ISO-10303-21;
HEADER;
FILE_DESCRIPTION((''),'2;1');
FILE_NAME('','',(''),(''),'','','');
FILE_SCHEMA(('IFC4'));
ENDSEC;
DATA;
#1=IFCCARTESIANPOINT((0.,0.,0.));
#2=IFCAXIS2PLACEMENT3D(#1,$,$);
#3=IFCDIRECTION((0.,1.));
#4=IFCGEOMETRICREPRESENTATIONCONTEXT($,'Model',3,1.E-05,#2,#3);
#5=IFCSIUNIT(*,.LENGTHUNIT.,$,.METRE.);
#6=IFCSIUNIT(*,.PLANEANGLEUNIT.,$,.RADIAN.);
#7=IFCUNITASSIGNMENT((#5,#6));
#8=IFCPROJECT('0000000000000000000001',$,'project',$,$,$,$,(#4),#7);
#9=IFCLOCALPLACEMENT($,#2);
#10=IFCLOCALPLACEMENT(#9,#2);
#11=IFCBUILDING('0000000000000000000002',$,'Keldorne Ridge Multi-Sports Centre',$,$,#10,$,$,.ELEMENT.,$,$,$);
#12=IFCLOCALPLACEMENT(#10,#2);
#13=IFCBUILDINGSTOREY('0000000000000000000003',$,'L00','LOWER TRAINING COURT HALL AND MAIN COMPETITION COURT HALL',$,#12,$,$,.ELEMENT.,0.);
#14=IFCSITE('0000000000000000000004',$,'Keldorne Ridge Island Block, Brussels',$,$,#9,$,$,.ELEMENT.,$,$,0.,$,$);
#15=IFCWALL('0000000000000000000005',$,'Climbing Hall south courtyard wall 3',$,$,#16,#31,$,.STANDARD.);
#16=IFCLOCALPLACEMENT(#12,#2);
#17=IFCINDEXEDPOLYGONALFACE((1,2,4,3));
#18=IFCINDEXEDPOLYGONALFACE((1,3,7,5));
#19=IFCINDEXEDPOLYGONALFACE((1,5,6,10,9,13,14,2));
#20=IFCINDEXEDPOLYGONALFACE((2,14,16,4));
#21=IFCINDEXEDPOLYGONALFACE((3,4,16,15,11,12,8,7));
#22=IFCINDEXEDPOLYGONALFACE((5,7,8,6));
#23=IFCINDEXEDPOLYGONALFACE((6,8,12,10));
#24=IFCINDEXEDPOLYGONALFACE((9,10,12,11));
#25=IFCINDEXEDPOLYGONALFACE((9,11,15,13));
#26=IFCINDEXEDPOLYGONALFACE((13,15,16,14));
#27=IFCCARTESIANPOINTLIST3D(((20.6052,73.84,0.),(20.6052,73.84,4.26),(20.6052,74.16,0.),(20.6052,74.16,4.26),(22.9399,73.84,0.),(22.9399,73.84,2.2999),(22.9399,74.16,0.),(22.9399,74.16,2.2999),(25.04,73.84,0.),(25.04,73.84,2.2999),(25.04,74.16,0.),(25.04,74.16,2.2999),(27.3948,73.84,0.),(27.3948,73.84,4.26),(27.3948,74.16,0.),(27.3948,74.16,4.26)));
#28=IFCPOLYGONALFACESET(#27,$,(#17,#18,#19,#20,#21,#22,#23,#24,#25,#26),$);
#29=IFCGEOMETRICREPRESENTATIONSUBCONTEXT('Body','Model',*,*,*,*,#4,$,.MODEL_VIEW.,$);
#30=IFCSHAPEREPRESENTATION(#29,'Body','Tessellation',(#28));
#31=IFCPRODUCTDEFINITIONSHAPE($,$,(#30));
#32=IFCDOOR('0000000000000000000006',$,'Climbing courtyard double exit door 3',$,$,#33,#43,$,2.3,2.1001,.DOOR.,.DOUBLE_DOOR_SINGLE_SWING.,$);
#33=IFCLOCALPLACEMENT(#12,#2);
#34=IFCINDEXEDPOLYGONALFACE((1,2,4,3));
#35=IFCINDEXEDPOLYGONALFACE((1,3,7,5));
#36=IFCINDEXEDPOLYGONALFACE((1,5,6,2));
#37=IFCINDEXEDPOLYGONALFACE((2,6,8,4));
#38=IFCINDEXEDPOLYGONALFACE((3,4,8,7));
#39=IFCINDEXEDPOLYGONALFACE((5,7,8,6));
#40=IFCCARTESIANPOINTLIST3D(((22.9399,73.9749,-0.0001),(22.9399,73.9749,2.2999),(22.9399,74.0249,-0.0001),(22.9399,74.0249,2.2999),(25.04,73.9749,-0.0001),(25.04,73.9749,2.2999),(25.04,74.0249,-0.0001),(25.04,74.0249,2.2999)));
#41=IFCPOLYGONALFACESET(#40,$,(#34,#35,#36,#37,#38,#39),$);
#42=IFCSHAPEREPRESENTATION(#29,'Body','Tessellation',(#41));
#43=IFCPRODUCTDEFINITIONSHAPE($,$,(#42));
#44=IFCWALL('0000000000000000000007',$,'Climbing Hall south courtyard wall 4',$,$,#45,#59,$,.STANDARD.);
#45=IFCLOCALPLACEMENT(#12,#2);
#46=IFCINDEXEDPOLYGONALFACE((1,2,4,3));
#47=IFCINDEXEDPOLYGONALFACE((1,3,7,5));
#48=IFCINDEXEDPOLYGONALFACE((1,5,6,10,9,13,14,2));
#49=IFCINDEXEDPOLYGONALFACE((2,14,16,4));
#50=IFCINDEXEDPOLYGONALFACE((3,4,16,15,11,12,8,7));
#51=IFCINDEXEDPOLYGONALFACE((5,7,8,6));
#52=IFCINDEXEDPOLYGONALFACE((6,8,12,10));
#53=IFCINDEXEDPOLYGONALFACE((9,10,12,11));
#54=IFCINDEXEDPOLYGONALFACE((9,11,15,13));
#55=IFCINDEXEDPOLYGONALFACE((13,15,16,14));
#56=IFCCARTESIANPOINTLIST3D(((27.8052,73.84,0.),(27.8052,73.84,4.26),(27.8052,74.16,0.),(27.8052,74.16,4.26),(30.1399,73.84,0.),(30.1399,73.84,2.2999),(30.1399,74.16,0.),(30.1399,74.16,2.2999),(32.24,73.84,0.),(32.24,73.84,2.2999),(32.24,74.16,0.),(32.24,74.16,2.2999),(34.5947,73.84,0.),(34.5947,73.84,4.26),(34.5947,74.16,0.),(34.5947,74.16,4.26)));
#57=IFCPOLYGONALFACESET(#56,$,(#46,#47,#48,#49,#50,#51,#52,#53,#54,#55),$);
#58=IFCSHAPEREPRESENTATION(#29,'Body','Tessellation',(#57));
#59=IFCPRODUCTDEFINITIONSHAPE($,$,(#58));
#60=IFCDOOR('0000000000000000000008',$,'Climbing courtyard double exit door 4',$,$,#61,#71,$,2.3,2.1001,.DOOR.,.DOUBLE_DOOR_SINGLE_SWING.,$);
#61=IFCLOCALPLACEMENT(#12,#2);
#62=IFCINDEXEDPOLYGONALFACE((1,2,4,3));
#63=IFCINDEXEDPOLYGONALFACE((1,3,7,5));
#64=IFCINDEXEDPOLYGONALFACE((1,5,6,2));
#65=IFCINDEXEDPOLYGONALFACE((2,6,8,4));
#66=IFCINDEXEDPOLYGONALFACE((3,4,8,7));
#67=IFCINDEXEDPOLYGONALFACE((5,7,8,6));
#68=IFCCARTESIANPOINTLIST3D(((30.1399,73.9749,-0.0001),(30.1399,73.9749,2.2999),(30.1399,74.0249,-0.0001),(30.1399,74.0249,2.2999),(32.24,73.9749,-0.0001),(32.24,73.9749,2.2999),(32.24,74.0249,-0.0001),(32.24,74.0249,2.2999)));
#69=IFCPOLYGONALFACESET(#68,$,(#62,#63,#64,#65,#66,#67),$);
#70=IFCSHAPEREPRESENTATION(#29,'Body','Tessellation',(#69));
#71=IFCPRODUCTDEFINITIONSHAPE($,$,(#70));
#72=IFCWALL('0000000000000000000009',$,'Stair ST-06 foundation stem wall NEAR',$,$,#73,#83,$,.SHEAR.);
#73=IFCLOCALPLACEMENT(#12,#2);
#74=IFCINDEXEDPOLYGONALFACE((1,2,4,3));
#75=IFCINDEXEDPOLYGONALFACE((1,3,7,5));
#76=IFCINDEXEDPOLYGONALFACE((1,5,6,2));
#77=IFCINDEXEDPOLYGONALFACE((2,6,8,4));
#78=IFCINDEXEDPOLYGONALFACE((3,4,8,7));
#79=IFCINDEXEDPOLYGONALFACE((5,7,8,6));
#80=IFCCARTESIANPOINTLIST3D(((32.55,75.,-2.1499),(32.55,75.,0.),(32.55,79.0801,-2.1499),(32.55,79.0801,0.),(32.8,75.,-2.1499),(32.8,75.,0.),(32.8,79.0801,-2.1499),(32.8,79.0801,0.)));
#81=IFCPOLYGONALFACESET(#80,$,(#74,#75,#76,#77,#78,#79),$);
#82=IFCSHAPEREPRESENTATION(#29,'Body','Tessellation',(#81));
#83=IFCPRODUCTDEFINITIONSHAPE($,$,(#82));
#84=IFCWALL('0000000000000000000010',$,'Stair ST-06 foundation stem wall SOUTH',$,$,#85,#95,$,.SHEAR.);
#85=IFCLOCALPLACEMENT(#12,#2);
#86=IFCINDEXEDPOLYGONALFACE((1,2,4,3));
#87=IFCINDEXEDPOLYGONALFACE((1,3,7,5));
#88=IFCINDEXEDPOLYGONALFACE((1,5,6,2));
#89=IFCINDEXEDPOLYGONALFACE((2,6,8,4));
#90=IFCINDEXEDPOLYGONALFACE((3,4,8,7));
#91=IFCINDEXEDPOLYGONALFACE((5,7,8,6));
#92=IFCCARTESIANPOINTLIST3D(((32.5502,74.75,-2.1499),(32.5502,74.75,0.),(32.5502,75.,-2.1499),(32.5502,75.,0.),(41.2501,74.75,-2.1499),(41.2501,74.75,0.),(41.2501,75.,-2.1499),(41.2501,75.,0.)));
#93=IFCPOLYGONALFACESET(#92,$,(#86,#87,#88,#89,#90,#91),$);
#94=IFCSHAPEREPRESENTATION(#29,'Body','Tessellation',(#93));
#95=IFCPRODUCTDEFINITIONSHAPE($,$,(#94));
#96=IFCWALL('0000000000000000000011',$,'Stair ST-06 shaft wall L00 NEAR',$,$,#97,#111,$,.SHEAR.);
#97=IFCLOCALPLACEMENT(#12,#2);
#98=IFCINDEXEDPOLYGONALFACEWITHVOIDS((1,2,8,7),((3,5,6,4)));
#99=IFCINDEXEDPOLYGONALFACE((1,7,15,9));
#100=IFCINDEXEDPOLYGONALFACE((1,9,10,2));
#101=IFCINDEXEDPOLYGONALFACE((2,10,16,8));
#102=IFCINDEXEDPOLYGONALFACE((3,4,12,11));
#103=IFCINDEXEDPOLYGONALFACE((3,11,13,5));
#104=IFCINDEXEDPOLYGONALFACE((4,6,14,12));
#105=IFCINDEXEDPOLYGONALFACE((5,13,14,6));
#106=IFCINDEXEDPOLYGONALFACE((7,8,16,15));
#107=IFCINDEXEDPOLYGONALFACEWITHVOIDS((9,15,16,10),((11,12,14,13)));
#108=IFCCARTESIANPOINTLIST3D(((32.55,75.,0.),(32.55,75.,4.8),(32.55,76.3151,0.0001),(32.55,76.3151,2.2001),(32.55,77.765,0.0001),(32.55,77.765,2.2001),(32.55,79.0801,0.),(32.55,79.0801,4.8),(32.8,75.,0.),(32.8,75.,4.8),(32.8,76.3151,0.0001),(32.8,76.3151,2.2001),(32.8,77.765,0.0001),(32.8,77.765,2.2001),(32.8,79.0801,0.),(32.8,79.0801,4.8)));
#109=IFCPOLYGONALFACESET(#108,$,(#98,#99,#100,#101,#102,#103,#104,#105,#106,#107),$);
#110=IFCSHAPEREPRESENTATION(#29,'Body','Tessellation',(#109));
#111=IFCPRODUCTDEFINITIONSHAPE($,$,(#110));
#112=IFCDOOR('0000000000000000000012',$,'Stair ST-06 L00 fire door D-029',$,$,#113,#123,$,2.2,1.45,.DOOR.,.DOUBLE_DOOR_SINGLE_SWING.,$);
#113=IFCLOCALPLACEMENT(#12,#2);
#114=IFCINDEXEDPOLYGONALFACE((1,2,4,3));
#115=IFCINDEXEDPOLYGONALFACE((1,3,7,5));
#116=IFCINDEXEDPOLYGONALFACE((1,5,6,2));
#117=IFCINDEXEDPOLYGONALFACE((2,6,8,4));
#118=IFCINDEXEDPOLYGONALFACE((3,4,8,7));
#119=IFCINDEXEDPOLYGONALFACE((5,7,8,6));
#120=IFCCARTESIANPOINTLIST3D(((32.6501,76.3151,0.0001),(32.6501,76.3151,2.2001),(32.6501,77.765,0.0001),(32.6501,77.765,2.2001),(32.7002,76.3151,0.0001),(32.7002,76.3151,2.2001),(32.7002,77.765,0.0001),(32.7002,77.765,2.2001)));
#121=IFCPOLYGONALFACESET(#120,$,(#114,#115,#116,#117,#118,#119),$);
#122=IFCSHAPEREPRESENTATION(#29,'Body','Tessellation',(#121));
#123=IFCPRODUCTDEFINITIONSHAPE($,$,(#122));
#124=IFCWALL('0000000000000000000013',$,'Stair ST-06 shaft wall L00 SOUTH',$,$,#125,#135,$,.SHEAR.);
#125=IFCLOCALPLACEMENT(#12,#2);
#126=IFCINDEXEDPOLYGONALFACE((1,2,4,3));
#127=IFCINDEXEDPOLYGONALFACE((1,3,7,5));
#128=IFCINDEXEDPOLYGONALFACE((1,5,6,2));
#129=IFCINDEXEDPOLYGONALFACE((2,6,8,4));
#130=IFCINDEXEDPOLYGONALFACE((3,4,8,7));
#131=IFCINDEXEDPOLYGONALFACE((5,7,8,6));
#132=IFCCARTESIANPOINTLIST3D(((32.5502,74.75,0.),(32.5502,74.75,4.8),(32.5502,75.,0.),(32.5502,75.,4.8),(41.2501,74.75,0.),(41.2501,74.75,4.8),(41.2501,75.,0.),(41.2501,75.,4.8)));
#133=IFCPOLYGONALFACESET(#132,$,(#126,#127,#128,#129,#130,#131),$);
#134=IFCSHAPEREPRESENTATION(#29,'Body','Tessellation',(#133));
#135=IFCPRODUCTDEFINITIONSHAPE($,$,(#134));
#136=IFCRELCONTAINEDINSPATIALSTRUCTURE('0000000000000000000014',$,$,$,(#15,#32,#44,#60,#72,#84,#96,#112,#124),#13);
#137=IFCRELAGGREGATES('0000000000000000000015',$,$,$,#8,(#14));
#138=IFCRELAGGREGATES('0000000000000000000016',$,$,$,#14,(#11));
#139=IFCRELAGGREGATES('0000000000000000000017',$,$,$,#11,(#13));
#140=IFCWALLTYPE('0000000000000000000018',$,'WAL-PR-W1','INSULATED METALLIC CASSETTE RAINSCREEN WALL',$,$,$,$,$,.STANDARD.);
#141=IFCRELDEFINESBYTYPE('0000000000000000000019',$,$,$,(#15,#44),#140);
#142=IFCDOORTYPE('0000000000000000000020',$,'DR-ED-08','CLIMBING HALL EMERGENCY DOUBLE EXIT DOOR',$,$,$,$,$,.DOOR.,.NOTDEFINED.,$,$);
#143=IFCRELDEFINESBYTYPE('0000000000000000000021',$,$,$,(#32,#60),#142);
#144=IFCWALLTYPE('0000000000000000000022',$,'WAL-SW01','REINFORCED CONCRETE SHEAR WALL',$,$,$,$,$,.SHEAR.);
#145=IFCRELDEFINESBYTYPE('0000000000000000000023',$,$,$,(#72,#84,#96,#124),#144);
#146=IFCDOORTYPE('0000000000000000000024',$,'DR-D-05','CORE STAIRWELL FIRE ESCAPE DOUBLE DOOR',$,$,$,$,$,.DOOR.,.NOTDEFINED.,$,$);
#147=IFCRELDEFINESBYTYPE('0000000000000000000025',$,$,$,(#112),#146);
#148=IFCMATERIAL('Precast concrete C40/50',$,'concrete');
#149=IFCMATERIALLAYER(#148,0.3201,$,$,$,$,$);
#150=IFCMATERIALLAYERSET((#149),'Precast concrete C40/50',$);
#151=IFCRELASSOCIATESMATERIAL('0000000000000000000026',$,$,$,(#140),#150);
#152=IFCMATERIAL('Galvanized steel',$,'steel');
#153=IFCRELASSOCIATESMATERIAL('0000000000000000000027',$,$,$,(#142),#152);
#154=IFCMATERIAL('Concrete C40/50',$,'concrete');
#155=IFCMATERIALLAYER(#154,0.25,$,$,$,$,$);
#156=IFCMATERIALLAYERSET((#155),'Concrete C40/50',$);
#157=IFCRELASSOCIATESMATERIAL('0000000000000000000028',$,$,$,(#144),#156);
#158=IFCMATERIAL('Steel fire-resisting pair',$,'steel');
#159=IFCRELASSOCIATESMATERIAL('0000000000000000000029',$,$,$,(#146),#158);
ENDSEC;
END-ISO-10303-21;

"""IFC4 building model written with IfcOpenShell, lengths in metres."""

from ifc_helpers import new_model, si_unit, direction, frame, frame_2d, origin, place, context, subcontext, project, spatial, rectangle, extrude, material, layer, layer_set, type_object, element, fill, save


model = new_model("IFC4")

# Units and contexts
model_context = context("Model", 3, precision=1e-05, world=origin(), true_north=direction((0.0, 1.0)))
body_context = subcontext(model_context, "Body", "Model", "MODEL_VIEW")
ifc_project = project(units=[si_unit("LENGTHUNIT", "METRE"), si_unit("PLANEANGLEUNIT", "RADIAN")], contexts=[model_context])

# Site, building, storey
site_placement = place(None, origin())
site = spatial("IfcSite", under=ifc_project, at=site_placement, Name="Keldorne Ridge Island Block, Brussels", CompositionType="ELEMENT", RefElevation=0.0)
building_placement = place(site_placement, origin())
building = spatial("IfcBuilding", under=site, at=building_placement, Name="Keldorne Ridge Multi-Sports Centre", CompositionType="ELEMENT")
storey_placement = place(building_placement, origin())
storey = spatial("IfcBuildingStorey", under=building, at=storey_placement, Name="L00", Description="LOWER TRAINING COURT HALL AND MAIN COMPETITION COURT HALL", CompositionType="ELEMENT", Elevation=0.0)

# Walls, openings, doors
ifc_material_1 = material(Name="Precast concrete C40/50", Category="concrete")
ifc_layer_1 = layer(ifc_material_1, 0.3201)
ifc_layer_set_1 = layer_set([ifc_layer_1], Name="Precast concrete C40/50")
wall_type_1 = type_object("IfcWallType", Name="WAL-PR-W1", Description="INSULATED METALLIC CASSETTE RAINSCREEN WALL", PredefinedType="STANDARD", material=ifc_layer_set_1)
wall_1_placement = place(storey_placement, frame((20.6052, 74.0, 0.0), z_axis=(0.0, 0.0, 1.0), x_axis=(1.0, 0.0, 0.0)))
wall_1 = element("IfcWall", 1, at=wall_1_placement, inside=storey, type_object=wall_type_1, Name="Climbing Hall south courtyard wall 3", PredefinedType="STANDARD", context=body_context, shape_type="SweptSolid", body=[
    extrude(rectangle(XDim=6.7896, YDim=0.3201, at=frame_2d((3.3948, 0.0))), origin(), (0.0, 0.0, 1.0), 4.26),
])
opening_1_placement = place(wall_1_placement, frame((2.3347, 0.0, 0.0)))
opening_1 = element("IfcOpeningElement", 2, at=opening_1_placement, cuts=wall_1, PredefinedType="OPENING", context=body_context, shape_type="SweptSolid", body=[
    extrude(rectangle(XDim=2.1001, YDim=2.3, at=frame_2d((1.05, 1.1499))), frame((0.0, 0.1699, 0.0), z_axis=(0.0, -1.0, 0.0), x_axis=(1.0, 0.0, 0.0)), (0.0, 0.0, 1.0), 0.3401),
])
ifc_material_2 = material(Name="Galvanized steel", Category="steel")
door_type_1 = type_object("IfcDoorType", Name="DR-ED-08", Description="CLIMBING HALL EMERGENCY DOUBLE EXIT DOOR", OperationType="NOTDEFINED", PredefinedType="DOOR", material=ifc_material_2)
door_1_placement = place(opening_1_placement, origin())
door_1 = element("IfcDoor", 3, at=door_1_placement, inside=storey, type_object=door_type_1, Name="Climbing courtyard double exit door 3", OperationType="DOUBLE_DOOR_SINGLE_SWING", OverallHeight=2.3, OverallWidth=2.1001, PredefinedType="DOOR", context=body_context, shape_type="SweptSolid", body=[
    extrude(rectangle(XDim=2.1001, YDim=2.3, at=frame_2d((1.05, 1.1499))), frame((0.0, 0.0249, 0.0), z_axis=(0.0, -1.0, 0.0), x_axis=(1.0, 0.0, 0.0)), (0.0, 0.0, 1.0), 0.05),
])
fill(opening_1, door_1)
wall_2_placement = place(storey_placement, frame((27.8052, 74.0, 0.0), z_axis=(0.0, 0.0, 1.0), x_axis=(1.0, 0.0, 0.0)))
wall_2 = element("IfcWall", 4, at=wall_2_placement, inside=storey, type_object=wall_type_1, Name="Climbing Hall south courtyard wall 4", PredefinedType="STANDARD", context=body_context, shape_type="SweptSolid", body=[
    extrude(rectangle(XDim=6.7896, YDim=0.3201, at=frame_2d((3.3948, 0.0))), origin(), (0.0, 0.0, 1.0), 4.26),
])
opening_2_placement = place(wall_2_placement, frame((2.3347, 0.0, 0.0)))
opening_2 = element("IfcOpeningElement", 5, at=opening_2_placement, cuts=wall_2, PredefinedType="OPENING", context=body_context, shape_type="SweptSolid", body=[
    extrude(rectangle(XDim=2.1001, YDim=2.3, at=frame_2d((1.05, 1.1499))), frame((0.0, 0.1699, 0.0), z_axis=(0.0, -1.0, 0.0), x_axis=(1.0, 0.0, 0.0)), (0.0, 0.0, 1.0), 0.3401),
])
door_2_placement = place(opening_2_placement, origin())
door_2 = element("IfcDoor", 6, at=door_2_placement, inside=storey, type_object=door_type_1, Name="Climbing courtyard double exit door 4", OperationType="DOUBLE_DOOR_SINGLE_SWING", OverallHeight=2.3, OverallWidth=2.1001, PredefinedType="DOOR", context=body_context, shape_type="SweptSolid", body=[
    extrude(rectangle(XDim=2.1001, YDim=2.3, at=frame_2d((1.05, 1.1499))), frame((0.0, 0.0249, 0.0), z_axis=(0.0, -1.0, 0.0), x_axis=(1.0, 0.0, 0.0)), (0.0, 0.0, 1.0), 0.05),
])
fill(opening_2, door_2)

# Walls
ifc_material_3 = material(Name="Concrete C40/50", Category="concrete")
ifc_layer_2 = layer(ifc_material_3, 0.25)
ifc_layer_set_2 = layer_set([ifc_layer_2], Name="Concrete C40/50")
wall_type_2 = type_object("IfcWallType", Name="WAL-SW01", Description="REINFORCED CONCRETE SHEAR WALL", PredefinedType="SHEAR", material=ifc_layer_set_2)
wall_3_placement = place(storey_placement, frame((32.675, 75.0, -2.1499), z_axis=(0.0, 0.0, 1.0), x_axis=(0.0, 1.0, 0.0)))
element("IfcWall", 7, at=wall_3_placement, inside=storey, type_object=wall_type_2, Name="Stair ST-06 foundation stem wall NEAR", PredefinedType="SHEAR", context=body_context, shape_type="SweptSolid", body=[
    extrude(rectangle(XDim=4.0801, YDim=0.25, at=frame_2d((2.04, 0.0))), origin(), (0.0, 0.0, 1.0), 2.1499),
])
wall_4_placement = place(storey_placement, frame((32.55, 74.875, -2.1499), z_axis=(0.0, 0.0, 1.0), x_axis=(1.0, 0.0, 0.0)))
element("IfcWall", 8, at=wall_4_placement, inside=storey, type_object=wall_type_2, Name="Stair ST-06 foundation stem wall SOUTH", PredefinedType="SHEAR", context=body_context, shape_type="SweptSolid", body=[
    extrude(rectangle(XDim=8.7, YDim=0.25, at=frame_2d((4.3501, 0.0))), origin(), (0.0, 0.0, 1.0), 2.1499),
])

# Wall, opening, door
wall_5_placement = place(storey_placement, frame((32.675, 75.0, 0.0), z_axis=(0.0, 0.0, 1.0), x_axis=(0.0, 1.0, 0.0)))
wall_5 = element("IfcWall", 9, at=wall_5_placement, inside=storey, type_object=wall_type_2, Name="Stair ST-06 shaft wall L00 NEAR", PredefinedType="SHEAR", context=body_context, shape_type="SweptSolid", body=[
    extrude(rectangle(XDim=4.0801, YDim=0.25, at=frame_2d((2.04, 0.0))), origin(), (0.0, 0.0, 1.0), 4.8),
])
opening_3_placement = place(wall_5_placement, frame((1.3149, 0.0, 0.0)))
opening_3 = element("IfcOpeningElement", 10, at=opening_3_placement, cuts=wall_5, PredefinedType="OPENING", context=body_context, shape_type="SweptSolid", body=[
    extrude(rectangle(XDim=1.45, YDim=2.2, at=frame_2d((0.7251, 1.1001))), frame((0.0, 0.135, 0.0), z_axis=(0.0, -1.0, 0.0), x_axis=(1.0, 0.0, 0.0)), (0.0, 0.0, 1.0), 0.27),
])
ifc_material_4 = material(Name="Steel fire-resisting pair", Category="steel")
door_type_2 = type_object("IfcDoorType", Name="DR-D-05", Description="CORE STAIRWELL FIRE ESCAPE DOUBLE DOOR", OperationType="NOTDEFINED", PredefinedType="DOOR", material=ifc_material_4)
door_3_placement = place(opening_3_placement, origin())
door_3 = element("IfcDoor", 11, at=door_3_placement, inside=storey, type_object=door_type_2, Name="Stair ST-06 L00 fire door D-029", OperationType="DOUBLE_DOOR_SINGLE_SWING", OverallHeight=2.2, OverallWidth=1.45, PredefinedType="DOOR", context=body_context, shape_type="SweptSolid", body=[
    extrude(rectangle(XDim=1.45, YDim=2.2, at=frame_2d((0.7251, 1.1001))), frame((0.0, 0.0249, 0.0), z_axis=(0.0, -1.0, 0.0), x_axis=(1.0, 0.0, 0.0)), (0.0, 0.0, 1.0), 0.05),
])
fill(opening_3, door_3)

# Wall
wall_6_placement = place(storey_placement, frame((32.55, 74.875, 0.0), z_axis=(0.0, 0.0, 1.0), x_axis=(1.0, 0.0, 0.0)))
element("IfcWall", 12, at=wall_6_placement, inside=storey, type_object=wall_type_2, Name="Stair ST-06 shaft wall L00 SOUTH", PredefinedType="SHEAR", context=body_context, shape_type="SweptSolid", body=[
    extrude(rectangle(XDim=8.7, YDim=0.25, at=frame_2d((4.3501, 0.0))), origin(), (0.0, 0.0, 1.0), 4.8),
])

save(model, "model.ifc")
